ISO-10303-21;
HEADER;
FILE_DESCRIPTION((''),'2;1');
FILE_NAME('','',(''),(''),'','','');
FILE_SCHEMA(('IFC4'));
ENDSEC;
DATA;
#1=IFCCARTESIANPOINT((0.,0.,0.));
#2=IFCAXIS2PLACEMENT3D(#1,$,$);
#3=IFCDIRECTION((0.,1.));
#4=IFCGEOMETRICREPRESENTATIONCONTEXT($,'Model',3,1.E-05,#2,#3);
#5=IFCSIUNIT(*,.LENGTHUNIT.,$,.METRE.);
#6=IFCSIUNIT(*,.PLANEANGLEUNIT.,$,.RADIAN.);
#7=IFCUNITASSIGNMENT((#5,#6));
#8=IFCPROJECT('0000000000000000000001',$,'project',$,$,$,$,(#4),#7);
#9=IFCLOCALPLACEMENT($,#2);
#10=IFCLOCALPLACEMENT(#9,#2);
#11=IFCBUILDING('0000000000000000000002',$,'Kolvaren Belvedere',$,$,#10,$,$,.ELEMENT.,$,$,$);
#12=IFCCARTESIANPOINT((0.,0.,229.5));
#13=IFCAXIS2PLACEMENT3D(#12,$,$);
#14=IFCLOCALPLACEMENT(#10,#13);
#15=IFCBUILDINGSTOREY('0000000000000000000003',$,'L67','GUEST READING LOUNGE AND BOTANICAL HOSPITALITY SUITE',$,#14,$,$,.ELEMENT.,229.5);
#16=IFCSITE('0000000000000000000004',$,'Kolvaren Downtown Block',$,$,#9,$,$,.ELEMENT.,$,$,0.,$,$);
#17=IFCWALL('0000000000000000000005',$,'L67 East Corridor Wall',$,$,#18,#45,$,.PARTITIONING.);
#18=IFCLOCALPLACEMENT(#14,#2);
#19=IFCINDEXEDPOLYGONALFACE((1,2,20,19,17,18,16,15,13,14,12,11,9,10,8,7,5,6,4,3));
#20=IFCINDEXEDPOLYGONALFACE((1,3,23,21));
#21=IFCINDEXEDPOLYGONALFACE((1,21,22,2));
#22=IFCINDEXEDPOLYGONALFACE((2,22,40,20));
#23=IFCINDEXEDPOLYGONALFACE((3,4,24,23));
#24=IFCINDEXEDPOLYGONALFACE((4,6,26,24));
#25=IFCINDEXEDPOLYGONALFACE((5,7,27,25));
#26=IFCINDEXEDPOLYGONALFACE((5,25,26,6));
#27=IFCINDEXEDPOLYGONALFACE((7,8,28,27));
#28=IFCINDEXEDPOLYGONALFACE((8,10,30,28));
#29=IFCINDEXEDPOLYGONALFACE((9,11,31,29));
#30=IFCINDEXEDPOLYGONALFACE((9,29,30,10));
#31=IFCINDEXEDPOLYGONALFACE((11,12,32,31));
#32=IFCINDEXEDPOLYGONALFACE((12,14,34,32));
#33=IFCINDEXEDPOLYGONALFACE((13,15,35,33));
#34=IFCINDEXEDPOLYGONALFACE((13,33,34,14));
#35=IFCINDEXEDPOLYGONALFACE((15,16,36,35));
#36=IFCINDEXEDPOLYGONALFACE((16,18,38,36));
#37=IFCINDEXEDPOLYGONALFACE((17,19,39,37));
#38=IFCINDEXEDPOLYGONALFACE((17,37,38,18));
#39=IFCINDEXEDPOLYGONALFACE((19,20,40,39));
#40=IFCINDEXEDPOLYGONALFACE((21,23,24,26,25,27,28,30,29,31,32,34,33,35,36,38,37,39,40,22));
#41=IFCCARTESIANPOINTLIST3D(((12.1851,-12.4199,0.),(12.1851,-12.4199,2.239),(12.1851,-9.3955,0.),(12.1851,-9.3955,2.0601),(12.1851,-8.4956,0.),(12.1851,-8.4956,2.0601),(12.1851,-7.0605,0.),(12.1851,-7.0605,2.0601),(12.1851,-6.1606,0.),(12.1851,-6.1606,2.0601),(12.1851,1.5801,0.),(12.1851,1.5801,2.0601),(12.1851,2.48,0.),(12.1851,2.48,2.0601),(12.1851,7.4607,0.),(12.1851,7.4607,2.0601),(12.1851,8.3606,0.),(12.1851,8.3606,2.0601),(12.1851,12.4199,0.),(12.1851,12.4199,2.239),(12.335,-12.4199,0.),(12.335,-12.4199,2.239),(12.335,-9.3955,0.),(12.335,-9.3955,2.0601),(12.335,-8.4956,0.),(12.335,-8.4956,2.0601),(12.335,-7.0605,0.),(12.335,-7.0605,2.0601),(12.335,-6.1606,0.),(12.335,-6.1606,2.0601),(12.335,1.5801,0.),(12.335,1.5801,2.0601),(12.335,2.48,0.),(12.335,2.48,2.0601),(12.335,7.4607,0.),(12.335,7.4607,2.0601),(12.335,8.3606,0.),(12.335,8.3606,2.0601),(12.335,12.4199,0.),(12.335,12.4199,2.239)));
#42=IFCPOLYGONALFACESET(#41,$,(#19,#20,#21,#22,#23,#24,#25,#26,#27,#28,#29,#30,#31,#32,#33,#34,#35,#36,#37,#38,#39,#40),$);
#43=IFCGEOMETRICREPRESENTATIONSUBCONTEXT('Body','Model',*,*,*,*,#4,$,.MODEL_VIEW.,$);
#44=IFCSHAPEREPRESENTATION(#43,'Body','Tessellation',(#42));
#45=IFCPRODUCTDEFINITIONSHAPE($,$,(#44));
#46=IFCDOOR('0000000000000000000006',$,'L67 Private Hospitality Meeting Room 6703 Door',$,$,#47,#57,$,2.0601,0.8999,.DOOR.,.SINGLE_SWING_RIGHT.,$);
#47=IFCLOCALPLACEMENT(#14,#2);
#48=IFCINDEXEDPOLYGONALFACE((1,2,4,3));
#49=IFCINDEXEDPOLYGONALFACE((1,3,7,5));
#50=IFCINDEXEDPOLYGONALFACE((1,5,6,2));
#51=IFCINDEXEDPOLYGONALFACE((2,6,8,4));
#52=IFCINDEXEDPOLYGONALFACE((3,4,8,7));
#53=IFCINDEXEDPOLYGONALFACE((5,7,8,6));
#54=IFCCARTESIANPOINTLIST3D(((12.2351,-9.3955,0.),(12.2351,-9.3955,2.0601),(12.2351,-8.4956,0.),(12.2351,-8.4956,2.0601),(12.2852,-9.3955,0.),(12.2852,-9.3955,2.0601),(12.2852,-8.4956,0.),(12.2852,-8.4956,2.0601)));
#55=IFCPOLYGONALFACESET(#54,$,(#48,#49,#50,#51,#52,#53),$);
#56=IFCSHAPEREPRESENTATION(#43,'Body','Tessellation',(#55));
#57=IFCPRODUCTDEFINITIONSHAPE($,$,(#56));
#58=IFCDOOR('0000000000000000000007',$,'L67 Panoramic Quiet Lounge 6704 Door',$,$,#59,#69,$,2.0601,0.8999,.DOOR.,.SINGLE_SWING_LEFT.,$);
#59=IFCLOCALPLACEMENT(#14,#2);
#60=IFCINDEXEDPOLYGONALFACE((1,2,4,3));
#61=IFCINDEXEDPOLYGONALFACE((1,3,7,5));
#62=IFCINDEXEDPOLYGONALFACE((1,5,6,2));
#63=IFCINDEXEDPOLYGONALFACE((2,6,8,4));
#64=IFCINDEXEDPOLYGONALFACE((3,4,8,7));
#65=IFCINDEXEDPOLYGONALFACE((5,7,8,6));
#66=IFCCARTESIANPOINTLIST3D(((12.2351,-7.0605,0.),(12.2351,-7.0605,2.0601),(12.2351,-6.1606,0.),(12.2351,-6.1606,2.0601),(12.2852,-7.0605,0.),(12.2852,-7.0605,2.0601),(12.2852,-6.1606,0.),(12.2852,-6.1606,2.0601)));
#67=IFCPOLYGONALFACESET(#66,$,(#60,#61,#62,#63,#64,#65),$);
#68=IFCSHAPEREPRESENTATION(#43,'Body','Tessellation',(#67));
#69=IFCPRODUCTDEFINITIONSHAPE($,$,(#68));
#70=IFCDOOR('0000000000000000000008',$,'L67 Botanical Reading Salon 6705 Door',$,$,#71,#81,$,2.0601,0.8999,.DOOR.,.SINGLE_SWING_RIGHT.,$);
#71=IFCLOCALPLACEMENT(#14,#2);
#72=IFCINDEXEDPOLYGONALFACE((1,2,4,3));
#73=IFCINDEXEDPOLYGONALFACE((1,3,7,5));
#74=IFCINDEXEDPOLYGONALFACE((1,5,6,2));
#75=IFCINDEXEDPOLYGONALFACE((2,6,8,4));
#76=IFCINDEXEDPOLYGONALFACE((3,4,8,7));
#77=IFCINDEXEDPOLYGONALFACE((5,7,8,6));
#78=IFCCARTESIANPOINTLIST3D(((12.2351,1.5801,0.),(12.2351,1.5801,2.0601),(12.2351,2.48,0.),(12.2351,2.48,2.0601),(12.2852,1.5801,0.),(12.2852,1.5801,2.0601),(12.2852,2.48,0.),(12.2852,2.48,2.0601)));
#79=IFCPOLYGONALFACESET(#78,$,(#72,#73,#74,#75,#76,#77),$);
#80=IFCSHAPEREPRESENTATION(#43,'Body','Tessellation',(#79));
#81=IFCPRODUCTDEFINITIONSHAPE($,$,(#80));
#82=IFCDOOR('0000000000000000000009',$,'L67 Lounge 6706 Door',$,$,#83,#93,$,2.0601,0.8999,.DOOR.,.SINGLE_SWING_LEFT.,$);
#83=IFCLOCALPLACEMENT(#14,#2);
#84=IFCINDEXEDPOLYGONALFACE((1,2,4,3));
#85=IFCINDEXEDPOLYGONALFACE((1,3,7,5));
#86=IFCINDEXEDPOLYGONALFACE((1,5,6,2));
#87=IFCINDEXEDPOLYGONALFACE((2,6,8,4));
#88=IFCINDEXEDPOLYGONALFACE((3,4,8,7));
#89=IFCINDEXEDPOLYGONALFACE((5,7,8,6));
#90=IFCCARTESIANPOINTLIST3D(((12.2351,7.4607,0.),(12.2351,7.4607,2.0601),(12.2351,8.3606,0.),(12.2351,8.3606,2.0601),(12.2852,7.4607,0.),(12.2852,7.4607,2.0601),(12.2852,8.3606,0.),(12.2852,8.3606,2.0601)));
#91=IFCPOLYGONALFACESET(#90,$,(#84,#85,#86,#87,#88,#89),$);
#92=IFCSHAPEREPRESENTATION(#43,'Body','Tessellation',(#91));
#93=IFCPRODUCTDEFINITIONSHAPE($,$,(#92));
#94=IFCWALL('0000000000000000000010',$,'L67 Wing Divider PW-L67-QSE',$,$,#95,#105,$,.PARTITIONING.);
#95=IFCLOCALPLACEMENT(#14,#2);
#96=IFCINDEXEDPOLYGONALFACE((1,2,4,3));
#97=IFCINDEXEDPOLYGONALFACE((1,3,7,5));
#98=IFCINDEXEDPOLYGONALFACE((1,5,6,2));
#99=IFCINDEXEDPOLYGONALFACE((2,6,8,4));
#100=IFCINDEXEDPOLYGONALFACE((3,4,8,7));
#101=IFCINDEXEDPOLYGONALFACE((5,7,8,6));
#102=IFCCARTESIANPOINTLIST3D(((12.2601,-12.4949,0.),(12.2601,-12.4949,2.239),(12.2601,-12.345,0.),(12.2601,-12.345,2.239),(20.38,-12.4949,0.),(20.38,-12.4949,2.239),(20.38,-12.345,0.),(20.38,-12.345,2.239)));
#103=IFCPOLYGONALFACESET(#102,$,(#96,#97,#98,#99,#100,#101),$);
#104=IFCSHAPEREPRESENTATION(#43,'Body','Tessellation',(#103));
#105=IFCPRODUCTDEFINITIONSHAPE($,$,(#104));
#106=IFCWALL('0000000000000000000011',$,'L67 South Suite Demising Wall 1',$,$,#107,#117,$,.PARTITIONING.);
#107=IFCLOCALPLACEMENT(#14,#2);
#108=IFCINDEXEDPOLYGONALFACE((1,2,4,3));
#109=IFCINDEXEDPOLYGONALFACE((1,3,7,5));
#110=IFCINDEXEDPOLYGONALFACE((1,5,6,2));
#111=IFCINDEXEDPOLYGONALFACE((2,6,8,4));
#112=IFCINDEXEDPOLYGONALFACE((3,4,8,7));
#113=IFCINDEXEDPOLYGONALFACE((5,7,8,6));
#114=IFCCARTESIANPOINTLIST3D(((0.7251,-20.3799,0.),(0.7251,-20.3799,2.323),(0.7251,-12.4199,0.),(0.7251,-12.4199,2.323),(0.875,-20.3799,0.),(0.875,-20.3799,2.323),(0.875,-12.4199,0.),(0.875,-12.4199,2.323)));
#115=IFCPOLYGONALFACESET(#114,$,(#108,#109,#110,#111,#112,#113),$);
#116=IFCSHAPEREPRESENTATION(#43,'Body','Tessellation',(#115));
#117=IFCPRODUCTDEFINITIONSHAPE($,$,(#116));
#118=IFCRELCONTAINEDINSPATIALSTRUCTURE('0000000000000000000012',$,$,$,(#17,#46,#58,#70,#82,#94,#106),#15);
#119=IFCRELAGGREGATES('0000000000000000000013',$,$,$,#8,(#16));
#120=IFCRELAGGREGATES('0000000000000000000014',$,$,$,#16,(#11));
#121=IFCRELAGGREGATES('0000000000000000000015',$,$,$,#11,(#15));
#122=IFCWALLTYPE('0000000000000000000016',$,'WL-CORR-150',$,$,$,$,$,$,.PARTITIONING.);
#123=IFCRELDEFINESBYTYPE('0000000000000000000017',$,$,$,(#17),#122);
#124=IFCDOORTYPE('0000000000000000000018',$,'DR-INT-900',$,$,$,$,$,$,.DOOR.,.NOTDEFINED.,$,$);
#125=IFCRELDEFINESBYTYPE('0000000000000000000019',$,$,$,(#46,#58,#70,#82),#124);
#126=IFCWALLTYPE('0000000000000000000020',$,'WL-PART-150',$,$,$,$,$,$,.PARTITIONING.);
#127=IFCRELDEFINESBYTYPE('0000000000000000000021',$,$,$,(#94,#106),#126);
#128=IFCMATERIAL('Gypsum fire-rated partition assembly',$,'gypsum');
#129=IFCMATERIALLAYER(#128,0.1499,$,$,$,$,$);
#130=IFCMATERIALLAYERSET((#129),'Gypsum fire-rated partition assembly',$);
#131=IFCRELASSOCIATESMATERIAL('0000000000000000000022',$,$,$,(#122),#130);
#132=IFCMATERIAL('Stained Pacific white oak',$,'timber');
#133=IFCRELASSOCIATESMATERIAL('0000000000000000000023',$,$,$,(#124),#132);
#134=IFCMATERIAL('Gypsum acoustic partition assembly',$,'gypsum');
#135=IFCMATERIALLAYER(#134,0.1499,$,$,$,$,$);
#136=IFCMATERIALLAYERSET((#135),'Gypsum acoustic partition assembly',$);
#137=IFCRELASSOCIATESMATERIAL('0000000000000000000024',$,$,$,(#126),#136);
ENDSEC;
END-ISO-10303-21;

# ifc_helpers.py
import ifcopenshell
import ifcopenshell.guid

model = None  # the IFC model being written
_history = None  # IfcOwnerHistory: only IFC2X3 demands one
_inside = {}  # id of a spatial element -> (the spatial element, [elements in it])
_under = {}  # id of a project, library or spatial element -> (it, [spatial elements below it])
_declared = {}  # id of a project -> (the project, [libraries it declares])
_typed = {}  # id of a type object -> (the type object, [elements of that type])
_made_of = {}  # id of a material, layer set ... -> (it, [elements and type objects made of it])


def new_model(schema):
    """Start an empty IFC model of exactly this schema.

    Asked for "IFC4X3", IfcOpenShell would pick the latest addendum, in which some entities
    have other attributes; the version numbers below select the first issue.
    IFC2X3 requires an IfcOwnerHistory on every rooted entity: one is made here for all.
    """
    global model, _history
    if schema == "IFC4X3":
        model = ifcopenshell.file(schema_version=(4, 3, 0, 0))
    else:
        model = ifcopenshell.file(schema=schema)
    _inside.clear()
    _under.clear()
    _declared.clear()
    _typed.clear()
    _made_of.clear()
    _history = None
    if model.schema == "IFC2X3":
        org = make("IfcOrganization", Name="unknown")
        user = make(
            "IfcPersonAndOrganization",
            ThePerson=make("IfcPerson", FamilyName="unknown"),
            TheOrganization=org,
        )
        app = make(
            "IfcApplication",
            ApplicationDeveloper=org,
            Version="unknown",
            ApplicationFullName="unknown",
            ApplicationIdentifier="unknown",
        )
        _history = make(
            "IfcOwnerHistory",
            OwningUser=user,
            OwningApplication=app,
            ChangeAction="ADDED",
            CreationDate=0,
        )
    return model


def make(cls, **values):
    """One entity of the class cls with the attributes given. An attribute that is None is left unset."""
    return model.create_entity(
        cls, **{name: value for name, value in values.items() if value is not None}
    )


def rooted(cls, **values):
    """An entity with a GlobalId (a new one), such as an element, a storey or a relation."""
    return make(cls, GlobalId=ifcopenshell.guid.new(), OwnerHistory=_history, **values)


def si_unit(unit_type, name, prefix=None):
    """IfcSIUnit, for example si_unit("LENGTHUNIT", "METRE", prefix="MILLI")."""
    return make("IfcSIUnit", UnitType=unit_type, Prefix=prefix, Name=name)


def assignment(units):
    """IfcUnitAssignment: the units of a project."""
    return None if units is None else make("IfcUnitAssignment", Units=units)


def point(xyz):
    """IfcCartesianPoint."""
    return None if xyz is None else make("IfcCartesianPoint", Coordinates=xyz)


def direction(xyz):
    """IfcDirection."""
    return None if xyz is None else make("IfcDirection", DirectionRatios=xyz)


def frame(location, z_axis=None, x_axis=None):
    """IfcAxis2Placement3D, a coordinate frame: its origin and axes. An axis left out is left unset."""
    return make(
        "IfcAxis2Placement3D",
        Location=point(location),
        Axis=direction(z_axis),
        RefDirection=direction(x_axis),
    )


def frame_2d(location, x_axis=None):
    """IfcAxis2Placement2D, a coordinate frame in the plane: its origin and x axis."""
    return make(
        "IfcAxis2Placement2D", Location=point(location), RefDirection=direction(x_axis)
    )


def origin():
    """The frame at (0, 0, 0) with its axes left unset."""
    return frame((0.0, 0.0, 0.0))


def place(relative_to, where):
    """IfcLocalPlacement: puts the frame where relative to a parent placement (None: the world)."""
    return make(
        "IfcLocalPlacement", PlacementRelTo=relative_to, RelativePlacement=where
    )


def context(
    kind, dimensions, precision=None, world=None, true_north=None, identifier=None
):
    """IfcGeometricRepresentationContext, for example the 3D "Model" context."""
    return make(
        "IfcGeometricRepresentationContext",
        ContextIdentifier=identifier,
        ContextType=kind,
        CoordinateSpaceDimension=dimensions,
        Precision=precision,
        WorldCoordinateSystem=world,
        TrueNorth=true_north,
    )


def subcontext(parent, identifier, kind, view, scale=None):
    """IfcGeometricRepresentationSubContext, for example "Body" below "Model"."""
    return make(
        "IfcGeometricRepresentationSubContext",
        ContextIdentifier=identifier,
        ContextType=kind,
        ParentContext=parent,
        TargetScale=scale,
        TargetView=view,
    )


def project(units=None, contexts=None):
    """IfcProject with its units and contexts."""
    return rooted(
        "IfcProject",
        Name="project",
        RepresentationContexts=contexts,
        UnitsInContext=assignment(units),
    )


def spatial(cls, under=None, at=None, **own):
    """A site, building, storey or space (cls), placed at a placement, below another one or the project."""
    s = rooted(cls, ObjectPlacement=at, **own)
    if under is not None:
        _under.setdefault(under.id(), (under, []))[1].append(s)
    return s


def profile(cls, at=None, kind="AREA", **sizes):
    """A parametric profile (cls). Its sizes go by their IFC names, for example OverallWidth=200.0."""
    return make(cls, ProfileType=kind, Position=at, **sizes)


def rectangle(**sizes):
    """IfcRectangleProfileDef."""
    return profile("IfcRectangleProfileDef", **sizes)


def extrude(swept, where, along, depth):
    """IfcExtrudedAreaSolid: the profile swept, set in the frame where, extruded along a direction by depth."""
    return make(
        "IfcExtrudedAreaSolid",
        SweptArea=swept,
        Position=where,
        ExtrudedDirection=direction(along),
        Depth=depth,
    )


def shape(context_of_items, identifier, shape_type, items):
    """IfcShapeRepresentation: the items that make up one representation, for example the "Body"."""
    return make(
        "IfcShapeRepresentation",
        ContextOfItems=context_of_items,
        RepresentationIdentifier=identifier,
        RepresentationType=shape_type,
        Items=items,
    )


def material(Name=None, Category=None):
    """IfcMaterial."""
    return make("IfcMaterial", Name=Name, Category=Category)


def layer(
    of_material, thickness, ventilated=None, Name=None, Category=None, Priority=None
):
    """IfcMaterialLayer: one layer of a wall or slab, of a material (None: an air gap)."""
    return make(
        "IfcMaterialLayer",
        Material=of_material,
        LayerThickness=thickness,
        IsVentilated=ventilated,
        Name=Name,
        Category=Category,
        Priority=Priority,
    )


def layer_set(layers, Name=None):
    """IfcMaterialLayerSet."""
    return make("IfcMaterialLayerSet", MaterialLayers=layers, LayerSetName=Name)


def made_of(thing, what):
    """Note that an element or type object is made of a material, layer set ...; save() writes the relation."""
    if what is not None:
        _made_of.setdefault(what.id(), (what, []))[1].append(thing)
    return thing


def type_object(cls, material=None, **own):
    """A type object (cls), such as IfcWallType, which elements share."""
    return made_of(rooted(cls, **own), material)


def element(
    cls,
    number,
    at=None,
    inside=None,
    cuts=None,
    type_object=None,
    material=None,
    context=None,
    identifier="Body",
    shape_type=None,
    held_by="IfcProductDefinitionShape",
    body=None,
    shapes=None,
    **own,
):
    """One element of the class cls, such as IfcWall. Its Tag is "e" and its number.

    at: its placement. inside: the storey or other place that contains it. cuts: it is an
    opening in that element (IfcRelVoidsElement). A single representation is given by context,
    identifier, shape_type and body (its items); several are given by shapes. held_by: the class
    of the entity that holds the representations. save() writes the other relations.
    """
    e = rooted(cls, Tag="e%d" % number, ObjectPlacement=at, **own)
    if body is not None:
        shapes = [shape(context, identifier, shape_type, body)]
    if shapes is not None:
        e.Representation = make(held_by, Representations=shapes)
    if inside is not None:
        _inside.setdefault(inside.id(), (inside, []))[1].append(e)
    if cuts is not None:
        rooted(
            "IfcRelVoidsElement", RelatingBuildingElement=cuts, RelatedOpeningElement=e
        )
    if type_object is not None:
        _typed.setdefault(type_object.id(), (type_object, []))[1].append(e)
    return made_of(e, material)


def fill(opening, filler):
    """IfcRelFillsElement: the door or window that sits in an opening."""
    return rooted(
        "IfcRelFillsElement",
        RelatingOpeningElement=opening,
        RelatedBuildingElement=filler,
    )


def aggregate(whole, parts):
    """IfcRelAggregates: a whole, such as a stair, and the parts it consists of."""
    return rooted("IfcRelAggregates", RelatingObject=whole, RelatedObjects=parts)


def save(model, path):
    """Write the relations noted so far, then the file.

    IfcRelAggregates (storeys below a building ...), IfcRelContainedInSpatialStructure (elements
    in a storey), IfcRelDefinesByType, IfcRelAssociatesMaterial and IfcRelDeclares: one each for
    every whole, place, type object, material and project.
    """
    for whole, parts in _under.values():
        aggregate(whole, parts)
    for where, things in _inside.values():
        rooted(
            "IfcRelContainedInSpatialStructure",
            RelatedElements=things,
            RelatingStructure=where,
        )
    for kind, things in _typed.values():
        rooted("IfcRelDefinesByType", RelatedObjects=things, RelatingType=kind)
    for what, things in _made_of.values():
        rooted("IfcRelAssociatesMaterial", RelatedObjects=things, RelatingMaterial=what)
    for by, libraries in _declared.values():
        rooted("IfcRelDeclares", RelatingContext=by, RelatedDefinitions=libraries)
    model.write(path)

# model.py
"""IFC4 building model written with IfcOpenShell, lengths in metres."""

from ifc_helpers import new_model, si_unit, direction, frame, frame_2d, origin, place, context, subcontext, project, spatial, rectangle, extrude, material, layer, layer_set, type_object, element, fill, save


model = new_model("IFC4")

# Units and contexts
model_context = context("Model", 3, precision=1e-05, world=origin(), true_north=direction((0.0, 1.0)))
body_context = subcontext(model_context, "Body", "Model", "MODEL_VIEW")
ifc_project = project(units=[si_unit("LENGTHUNIT", "METRE"), si_unit("PLANEANGLEUNIT", "RADIAN")], contexts=[model_context])

# Site, building, storey
site_placement = place(None, origin())
site = spatial("IfcSite", under=ifc_project, at=site_placement, Name="Kolvaren Downtown Block", CompositionType="ELEMENT", RefElevation=0.0)
building_placement = place(site_placement, origin())
building = spatial("IfcBuilding", under=site, at=building_placement, Name="Kolvaren Belvedere", CompositionType="ELEMENT")
storey_placement = place(building_placement, frame((0.0, 0.0, 229.5)))
storey = spatial("IfcBuildingStorey", under=building, at=storey_placement, Name="L67", Description="GUEST READING LOUNGE AND BOTANICAL HOSPITALITY SUITE", CompositionType="ELEMENT", Elevation=229.5)

# Wall, openings, doors
ifc_material_1 = material(Name="Gypsum fire-rated partition assembly", Category="gypsum")
ifc_layer_1 = layer(ifc_material_1, 0.1499)
ifc_layer_set_1 = layer_set([ifc_layer_1], Name="Gypsum fire-rated partition assembly")
wall_type_1 = type_object("IfcWallType", Name="WL-CORR-150", PredefinedType="PARTITIONING", material=ifc_layer_set_1)
wall_1_placement = place(storey_placement, frame((12.26, -12.4199, 0.0), z_axis=(0.0, 0.0, 1.0), x_axis=(0.0, 1.0, 0.0)))
wall_1 = element("IfcWall", 1, at=wall_1_placement, inside=storey, type_object=wall_type_1, Name="L67 East Corridor Wall", PredefinedType="PARTITIONING", context=body_context, shape_type="SweptSolid", body=[
    extrude(rectangle(XDim=24.8398, YDim=0.1499, at=frame_2d((12.4199, 0.0))), origin(), (0.0, 0.0, 1.0), 2.239),
])
opening_1_placement = place(wall_1_placement, frame((3.0244, 0.0, 0.0)))
opening_1 = element("IfcOpeningElement", 2, at=opening_1_placement, cuts=wall_1, PredefinedType="OPENING", context=body_context, shape_type="SweptSolid", body=[
    extrude(rectangle(XDim=0.8999, YDim=2.0601, at=frame_2d((0.45, 1.03))), frame((0.0, 0.085, 0.0), z_axis=(0.0, -1.0, 0.0), x_axis=(1.0, 0.0, 0.0)), (0.0, 0.0, 1.0), 0.1699),
])
opening_2_placement = place(wall_1_placement, frame((5.3594, 0.0, 0.0)))
opening_2 = element("IfcOpeningElement", 3, at=opening_2_placement, cuts=wall_1, PredefinedType="OPENING", context=body_context, shape_type="SweptSolid", body=[
    extrude(rectangle(XDim=0.8999, YDim=2.0601, at=frame_2d((0.45, 1.03))), frame((0.0, 0.085, 0.0), z_axis=(0.0, -1.0, 0.0), x_axis=(1.0, 0.0, 0.0)), (0.0, 0.0, 1.0), 0.1699),
])
opening_3_placement = place(wall_1_placement, frame((14.0, 0.0, 0.0)))
opening_3 = element("IfcOpeningElement", 4, at=opening_3_placement, cuts=wall_1, PredefinedType="OPENING", context=body_context, shape_type="SweptSolid", body=[
    extrude(rectangle(XDim=0.8999, YDim=2.0601, at=frame_2d((0.45, 1.03))), frame((0.0, 0.085, 0.0), z_axis=(0.0, -1.0, 0.0), x_axis=(1.0, 0.0, 0.0)), (0.0, 0.0, 1.0), 0.1699),
])
opening_4_placement = place(wall_1_placement, frame((19.8806, 0.0, 0.0)))
opening_4 = element("IfcOpeningElement", 5, at=opening_4_placement, cuts=wall_1, PredefinedType="OPENING", context=body_context, shape_type="SweptSolid", body=[
    extrude(rectangle(XDim=0.8999, YDim=2.0601, at=frame_2d((0.45, 1.03))), frame((0.0, 0.085, 0.0), z_axis=(0.0, -1.0, 0.0), x_axis=(1.0, 0.0, 0.0)), (0.0, 0.0, 1.0), 0.1699),
])
ifc_material_2 = material(Name="Stained Pacific white oak", Category="timber")
door_type = type_object("IfcDoorType", Name="DR-INT-900", OperationType="NOTDEFINED", PredefinedType="DOOR", material=ifc_material_2)
door_1_placement = place(opening_1_placement, origin())
door_1 = element("IfcDoor", 6, at=door_1_placement, inside=storey, type_object=door_type, Name="L67 Private Hospitality Meeting Room 6703 Door", OperationType="SINGLE_SWING_RIGHT", OverallHeight=2.0601, OverallWidth=0.8999, PredefinedType="DOOR", context=body_context, shape_type="SweptSolid", body=[
    extrude(rectangle(XDim=0.8999, YDim=2.0601, at=frame_2d((0.45, 1.03))), frame((0.0, 0.0249, 0.0), z_axis=(0.0, -1.0, 0.0), x_axis=(1.0, 0.0, 0.0)), (0.0, 0.0, 1.0), 0.05),
])
fill(opening_1, door_1)
door_2_placement = place(opening_2_placement, origin())
door_2 = element("IfcDoor", 7, at=door_2_placement, inside=storey, type_object=door_type, Name="L67 Panoramic Quiet Lounge 6704 Door", OperationType="SINGLE_SWING_LEFT", OverallHeight=2.0601, OverallWidth=0.8999, PredefinedType="DOOR", context=body_context, shape_type="SweptSolid", body=[
    extrude(rectangle(XDim=0.8999, YDim=2.0601, at=frame_2d((0.45, 1.03))), frame((0.0, 0.0249, 0.0), z_axis=(0.0, -1.0, 0.0), x_axis=(1.0, 0.0, 0.0)), (0.0, 0.0, 1.0), 0.05),
])
fill(opening_2, door_2)
door_3_placement = place(opening_3_placement, origin())
door_3 = element("IfcDoor", 8, at=door_3_placement, inside=storey, type_object=door_type, Name="L67 Botanical Reading Salon 6705 Door", OperationType="SINGLE_SWING_RIGHT", OverallHeight=2.0601, OverallWidth=0.8999, PredefinedType="DOOR", context=body_context, shape_type="SweptSolid", body=[
    extrude(rectangle(XDim=0.8999, YDim=2.0601, at=frame_2d((0.45, 1.03))), frame((0.0, 0.0249, 0.0), z_axis=(0.0, -1.0, 0.0), x_axis=(1.0, 0.0, 0.0)), (0.0, 0.0, 1.0), 0.05),
])
fill(opening_3, door_3)
door_4_placement = place(opening_4_placement, origin())
door_4 = element("IfcDoor", 9, at=door_4_placement, inside=storey, type_object=door_type, Name="L67 Lounge 6706 Door", OperationType="SINGLE_SWING_LEFT", OverallHeight=2.0601, OverallWidth=0.8999, PredefinedType="DOOR", context=body_context, shape_type="SweptSolid", body=[
    extrude(rectangle(XDim=0.8999, YDim=2.0601, at=frame_2d((0.45, 1.03))), frame((0.0, 0.0249, 0.0), z_axis=(0.0, -1.0, 0.0), x_axis=(1.0, 0.0, 0.0)), (0.0, 0.0, 1.0), 0.05),
])
fill(opening_4, door_4)

# Walls
ifc_material_3 = material(Name="Gypsum acoustic partition assembly", Category="gypsum")
ifc_layer_2 = layer(ifc_material_3, 0.1499)
ifc_layer_set_2 = layer_set([ifc_layer_2], Name="Gypsum acoustic partition assembly")
wall_type_2 = type_object("IfcWallType", Name="WL-PART-150", PredefinedType="PARTITIONING", material=ifc_layer_set_2)
wall_2_placement = place(storey_placement, frame((12.26, -12.4199, 0.0), z_axis=(0.0, 0.0, 1.0), x_axis=(1.0, 0.0, 0.0)))
element("IfcWall", 10, at=wall_2_placement, inside=storey, type_object=wall_type_2, Name="L67 Wing Divider PW-L67-QSE", PredefinedType="PARTITIONING", context=body_context, shape_type="SweptSolid", body=[
    extrude(rectangle(XDim=8.1199, YDim=0.1499, at=frame_2d((4.0601, 0.0))), origin(), (0.0, 0.0, 1.0), 2.239),
])
wall_3_placement = place(storey_placement, frame((0.8, -20.3799, 0.0), z_axis=(0.0, 0.0, 1.0), x_axis=(0.0, 1.0, 0.0)))
element("IfcWall", 11, at=wall_3_placement, inside=storey, type_object=wall_type_2, Name="L67 South Suite Demising Wall 1", PredefinedType="PARTITIONING", context=body_context, shape_type="SweptSolid", body=[
    extrude(rectangle(XDim=7.96, YDim=0.1499, at=frame_2d((3.98, 0.0))), origin(), (0.0, 0.0, 1.0), 2.323),
])

save(model, "model.ifc")
